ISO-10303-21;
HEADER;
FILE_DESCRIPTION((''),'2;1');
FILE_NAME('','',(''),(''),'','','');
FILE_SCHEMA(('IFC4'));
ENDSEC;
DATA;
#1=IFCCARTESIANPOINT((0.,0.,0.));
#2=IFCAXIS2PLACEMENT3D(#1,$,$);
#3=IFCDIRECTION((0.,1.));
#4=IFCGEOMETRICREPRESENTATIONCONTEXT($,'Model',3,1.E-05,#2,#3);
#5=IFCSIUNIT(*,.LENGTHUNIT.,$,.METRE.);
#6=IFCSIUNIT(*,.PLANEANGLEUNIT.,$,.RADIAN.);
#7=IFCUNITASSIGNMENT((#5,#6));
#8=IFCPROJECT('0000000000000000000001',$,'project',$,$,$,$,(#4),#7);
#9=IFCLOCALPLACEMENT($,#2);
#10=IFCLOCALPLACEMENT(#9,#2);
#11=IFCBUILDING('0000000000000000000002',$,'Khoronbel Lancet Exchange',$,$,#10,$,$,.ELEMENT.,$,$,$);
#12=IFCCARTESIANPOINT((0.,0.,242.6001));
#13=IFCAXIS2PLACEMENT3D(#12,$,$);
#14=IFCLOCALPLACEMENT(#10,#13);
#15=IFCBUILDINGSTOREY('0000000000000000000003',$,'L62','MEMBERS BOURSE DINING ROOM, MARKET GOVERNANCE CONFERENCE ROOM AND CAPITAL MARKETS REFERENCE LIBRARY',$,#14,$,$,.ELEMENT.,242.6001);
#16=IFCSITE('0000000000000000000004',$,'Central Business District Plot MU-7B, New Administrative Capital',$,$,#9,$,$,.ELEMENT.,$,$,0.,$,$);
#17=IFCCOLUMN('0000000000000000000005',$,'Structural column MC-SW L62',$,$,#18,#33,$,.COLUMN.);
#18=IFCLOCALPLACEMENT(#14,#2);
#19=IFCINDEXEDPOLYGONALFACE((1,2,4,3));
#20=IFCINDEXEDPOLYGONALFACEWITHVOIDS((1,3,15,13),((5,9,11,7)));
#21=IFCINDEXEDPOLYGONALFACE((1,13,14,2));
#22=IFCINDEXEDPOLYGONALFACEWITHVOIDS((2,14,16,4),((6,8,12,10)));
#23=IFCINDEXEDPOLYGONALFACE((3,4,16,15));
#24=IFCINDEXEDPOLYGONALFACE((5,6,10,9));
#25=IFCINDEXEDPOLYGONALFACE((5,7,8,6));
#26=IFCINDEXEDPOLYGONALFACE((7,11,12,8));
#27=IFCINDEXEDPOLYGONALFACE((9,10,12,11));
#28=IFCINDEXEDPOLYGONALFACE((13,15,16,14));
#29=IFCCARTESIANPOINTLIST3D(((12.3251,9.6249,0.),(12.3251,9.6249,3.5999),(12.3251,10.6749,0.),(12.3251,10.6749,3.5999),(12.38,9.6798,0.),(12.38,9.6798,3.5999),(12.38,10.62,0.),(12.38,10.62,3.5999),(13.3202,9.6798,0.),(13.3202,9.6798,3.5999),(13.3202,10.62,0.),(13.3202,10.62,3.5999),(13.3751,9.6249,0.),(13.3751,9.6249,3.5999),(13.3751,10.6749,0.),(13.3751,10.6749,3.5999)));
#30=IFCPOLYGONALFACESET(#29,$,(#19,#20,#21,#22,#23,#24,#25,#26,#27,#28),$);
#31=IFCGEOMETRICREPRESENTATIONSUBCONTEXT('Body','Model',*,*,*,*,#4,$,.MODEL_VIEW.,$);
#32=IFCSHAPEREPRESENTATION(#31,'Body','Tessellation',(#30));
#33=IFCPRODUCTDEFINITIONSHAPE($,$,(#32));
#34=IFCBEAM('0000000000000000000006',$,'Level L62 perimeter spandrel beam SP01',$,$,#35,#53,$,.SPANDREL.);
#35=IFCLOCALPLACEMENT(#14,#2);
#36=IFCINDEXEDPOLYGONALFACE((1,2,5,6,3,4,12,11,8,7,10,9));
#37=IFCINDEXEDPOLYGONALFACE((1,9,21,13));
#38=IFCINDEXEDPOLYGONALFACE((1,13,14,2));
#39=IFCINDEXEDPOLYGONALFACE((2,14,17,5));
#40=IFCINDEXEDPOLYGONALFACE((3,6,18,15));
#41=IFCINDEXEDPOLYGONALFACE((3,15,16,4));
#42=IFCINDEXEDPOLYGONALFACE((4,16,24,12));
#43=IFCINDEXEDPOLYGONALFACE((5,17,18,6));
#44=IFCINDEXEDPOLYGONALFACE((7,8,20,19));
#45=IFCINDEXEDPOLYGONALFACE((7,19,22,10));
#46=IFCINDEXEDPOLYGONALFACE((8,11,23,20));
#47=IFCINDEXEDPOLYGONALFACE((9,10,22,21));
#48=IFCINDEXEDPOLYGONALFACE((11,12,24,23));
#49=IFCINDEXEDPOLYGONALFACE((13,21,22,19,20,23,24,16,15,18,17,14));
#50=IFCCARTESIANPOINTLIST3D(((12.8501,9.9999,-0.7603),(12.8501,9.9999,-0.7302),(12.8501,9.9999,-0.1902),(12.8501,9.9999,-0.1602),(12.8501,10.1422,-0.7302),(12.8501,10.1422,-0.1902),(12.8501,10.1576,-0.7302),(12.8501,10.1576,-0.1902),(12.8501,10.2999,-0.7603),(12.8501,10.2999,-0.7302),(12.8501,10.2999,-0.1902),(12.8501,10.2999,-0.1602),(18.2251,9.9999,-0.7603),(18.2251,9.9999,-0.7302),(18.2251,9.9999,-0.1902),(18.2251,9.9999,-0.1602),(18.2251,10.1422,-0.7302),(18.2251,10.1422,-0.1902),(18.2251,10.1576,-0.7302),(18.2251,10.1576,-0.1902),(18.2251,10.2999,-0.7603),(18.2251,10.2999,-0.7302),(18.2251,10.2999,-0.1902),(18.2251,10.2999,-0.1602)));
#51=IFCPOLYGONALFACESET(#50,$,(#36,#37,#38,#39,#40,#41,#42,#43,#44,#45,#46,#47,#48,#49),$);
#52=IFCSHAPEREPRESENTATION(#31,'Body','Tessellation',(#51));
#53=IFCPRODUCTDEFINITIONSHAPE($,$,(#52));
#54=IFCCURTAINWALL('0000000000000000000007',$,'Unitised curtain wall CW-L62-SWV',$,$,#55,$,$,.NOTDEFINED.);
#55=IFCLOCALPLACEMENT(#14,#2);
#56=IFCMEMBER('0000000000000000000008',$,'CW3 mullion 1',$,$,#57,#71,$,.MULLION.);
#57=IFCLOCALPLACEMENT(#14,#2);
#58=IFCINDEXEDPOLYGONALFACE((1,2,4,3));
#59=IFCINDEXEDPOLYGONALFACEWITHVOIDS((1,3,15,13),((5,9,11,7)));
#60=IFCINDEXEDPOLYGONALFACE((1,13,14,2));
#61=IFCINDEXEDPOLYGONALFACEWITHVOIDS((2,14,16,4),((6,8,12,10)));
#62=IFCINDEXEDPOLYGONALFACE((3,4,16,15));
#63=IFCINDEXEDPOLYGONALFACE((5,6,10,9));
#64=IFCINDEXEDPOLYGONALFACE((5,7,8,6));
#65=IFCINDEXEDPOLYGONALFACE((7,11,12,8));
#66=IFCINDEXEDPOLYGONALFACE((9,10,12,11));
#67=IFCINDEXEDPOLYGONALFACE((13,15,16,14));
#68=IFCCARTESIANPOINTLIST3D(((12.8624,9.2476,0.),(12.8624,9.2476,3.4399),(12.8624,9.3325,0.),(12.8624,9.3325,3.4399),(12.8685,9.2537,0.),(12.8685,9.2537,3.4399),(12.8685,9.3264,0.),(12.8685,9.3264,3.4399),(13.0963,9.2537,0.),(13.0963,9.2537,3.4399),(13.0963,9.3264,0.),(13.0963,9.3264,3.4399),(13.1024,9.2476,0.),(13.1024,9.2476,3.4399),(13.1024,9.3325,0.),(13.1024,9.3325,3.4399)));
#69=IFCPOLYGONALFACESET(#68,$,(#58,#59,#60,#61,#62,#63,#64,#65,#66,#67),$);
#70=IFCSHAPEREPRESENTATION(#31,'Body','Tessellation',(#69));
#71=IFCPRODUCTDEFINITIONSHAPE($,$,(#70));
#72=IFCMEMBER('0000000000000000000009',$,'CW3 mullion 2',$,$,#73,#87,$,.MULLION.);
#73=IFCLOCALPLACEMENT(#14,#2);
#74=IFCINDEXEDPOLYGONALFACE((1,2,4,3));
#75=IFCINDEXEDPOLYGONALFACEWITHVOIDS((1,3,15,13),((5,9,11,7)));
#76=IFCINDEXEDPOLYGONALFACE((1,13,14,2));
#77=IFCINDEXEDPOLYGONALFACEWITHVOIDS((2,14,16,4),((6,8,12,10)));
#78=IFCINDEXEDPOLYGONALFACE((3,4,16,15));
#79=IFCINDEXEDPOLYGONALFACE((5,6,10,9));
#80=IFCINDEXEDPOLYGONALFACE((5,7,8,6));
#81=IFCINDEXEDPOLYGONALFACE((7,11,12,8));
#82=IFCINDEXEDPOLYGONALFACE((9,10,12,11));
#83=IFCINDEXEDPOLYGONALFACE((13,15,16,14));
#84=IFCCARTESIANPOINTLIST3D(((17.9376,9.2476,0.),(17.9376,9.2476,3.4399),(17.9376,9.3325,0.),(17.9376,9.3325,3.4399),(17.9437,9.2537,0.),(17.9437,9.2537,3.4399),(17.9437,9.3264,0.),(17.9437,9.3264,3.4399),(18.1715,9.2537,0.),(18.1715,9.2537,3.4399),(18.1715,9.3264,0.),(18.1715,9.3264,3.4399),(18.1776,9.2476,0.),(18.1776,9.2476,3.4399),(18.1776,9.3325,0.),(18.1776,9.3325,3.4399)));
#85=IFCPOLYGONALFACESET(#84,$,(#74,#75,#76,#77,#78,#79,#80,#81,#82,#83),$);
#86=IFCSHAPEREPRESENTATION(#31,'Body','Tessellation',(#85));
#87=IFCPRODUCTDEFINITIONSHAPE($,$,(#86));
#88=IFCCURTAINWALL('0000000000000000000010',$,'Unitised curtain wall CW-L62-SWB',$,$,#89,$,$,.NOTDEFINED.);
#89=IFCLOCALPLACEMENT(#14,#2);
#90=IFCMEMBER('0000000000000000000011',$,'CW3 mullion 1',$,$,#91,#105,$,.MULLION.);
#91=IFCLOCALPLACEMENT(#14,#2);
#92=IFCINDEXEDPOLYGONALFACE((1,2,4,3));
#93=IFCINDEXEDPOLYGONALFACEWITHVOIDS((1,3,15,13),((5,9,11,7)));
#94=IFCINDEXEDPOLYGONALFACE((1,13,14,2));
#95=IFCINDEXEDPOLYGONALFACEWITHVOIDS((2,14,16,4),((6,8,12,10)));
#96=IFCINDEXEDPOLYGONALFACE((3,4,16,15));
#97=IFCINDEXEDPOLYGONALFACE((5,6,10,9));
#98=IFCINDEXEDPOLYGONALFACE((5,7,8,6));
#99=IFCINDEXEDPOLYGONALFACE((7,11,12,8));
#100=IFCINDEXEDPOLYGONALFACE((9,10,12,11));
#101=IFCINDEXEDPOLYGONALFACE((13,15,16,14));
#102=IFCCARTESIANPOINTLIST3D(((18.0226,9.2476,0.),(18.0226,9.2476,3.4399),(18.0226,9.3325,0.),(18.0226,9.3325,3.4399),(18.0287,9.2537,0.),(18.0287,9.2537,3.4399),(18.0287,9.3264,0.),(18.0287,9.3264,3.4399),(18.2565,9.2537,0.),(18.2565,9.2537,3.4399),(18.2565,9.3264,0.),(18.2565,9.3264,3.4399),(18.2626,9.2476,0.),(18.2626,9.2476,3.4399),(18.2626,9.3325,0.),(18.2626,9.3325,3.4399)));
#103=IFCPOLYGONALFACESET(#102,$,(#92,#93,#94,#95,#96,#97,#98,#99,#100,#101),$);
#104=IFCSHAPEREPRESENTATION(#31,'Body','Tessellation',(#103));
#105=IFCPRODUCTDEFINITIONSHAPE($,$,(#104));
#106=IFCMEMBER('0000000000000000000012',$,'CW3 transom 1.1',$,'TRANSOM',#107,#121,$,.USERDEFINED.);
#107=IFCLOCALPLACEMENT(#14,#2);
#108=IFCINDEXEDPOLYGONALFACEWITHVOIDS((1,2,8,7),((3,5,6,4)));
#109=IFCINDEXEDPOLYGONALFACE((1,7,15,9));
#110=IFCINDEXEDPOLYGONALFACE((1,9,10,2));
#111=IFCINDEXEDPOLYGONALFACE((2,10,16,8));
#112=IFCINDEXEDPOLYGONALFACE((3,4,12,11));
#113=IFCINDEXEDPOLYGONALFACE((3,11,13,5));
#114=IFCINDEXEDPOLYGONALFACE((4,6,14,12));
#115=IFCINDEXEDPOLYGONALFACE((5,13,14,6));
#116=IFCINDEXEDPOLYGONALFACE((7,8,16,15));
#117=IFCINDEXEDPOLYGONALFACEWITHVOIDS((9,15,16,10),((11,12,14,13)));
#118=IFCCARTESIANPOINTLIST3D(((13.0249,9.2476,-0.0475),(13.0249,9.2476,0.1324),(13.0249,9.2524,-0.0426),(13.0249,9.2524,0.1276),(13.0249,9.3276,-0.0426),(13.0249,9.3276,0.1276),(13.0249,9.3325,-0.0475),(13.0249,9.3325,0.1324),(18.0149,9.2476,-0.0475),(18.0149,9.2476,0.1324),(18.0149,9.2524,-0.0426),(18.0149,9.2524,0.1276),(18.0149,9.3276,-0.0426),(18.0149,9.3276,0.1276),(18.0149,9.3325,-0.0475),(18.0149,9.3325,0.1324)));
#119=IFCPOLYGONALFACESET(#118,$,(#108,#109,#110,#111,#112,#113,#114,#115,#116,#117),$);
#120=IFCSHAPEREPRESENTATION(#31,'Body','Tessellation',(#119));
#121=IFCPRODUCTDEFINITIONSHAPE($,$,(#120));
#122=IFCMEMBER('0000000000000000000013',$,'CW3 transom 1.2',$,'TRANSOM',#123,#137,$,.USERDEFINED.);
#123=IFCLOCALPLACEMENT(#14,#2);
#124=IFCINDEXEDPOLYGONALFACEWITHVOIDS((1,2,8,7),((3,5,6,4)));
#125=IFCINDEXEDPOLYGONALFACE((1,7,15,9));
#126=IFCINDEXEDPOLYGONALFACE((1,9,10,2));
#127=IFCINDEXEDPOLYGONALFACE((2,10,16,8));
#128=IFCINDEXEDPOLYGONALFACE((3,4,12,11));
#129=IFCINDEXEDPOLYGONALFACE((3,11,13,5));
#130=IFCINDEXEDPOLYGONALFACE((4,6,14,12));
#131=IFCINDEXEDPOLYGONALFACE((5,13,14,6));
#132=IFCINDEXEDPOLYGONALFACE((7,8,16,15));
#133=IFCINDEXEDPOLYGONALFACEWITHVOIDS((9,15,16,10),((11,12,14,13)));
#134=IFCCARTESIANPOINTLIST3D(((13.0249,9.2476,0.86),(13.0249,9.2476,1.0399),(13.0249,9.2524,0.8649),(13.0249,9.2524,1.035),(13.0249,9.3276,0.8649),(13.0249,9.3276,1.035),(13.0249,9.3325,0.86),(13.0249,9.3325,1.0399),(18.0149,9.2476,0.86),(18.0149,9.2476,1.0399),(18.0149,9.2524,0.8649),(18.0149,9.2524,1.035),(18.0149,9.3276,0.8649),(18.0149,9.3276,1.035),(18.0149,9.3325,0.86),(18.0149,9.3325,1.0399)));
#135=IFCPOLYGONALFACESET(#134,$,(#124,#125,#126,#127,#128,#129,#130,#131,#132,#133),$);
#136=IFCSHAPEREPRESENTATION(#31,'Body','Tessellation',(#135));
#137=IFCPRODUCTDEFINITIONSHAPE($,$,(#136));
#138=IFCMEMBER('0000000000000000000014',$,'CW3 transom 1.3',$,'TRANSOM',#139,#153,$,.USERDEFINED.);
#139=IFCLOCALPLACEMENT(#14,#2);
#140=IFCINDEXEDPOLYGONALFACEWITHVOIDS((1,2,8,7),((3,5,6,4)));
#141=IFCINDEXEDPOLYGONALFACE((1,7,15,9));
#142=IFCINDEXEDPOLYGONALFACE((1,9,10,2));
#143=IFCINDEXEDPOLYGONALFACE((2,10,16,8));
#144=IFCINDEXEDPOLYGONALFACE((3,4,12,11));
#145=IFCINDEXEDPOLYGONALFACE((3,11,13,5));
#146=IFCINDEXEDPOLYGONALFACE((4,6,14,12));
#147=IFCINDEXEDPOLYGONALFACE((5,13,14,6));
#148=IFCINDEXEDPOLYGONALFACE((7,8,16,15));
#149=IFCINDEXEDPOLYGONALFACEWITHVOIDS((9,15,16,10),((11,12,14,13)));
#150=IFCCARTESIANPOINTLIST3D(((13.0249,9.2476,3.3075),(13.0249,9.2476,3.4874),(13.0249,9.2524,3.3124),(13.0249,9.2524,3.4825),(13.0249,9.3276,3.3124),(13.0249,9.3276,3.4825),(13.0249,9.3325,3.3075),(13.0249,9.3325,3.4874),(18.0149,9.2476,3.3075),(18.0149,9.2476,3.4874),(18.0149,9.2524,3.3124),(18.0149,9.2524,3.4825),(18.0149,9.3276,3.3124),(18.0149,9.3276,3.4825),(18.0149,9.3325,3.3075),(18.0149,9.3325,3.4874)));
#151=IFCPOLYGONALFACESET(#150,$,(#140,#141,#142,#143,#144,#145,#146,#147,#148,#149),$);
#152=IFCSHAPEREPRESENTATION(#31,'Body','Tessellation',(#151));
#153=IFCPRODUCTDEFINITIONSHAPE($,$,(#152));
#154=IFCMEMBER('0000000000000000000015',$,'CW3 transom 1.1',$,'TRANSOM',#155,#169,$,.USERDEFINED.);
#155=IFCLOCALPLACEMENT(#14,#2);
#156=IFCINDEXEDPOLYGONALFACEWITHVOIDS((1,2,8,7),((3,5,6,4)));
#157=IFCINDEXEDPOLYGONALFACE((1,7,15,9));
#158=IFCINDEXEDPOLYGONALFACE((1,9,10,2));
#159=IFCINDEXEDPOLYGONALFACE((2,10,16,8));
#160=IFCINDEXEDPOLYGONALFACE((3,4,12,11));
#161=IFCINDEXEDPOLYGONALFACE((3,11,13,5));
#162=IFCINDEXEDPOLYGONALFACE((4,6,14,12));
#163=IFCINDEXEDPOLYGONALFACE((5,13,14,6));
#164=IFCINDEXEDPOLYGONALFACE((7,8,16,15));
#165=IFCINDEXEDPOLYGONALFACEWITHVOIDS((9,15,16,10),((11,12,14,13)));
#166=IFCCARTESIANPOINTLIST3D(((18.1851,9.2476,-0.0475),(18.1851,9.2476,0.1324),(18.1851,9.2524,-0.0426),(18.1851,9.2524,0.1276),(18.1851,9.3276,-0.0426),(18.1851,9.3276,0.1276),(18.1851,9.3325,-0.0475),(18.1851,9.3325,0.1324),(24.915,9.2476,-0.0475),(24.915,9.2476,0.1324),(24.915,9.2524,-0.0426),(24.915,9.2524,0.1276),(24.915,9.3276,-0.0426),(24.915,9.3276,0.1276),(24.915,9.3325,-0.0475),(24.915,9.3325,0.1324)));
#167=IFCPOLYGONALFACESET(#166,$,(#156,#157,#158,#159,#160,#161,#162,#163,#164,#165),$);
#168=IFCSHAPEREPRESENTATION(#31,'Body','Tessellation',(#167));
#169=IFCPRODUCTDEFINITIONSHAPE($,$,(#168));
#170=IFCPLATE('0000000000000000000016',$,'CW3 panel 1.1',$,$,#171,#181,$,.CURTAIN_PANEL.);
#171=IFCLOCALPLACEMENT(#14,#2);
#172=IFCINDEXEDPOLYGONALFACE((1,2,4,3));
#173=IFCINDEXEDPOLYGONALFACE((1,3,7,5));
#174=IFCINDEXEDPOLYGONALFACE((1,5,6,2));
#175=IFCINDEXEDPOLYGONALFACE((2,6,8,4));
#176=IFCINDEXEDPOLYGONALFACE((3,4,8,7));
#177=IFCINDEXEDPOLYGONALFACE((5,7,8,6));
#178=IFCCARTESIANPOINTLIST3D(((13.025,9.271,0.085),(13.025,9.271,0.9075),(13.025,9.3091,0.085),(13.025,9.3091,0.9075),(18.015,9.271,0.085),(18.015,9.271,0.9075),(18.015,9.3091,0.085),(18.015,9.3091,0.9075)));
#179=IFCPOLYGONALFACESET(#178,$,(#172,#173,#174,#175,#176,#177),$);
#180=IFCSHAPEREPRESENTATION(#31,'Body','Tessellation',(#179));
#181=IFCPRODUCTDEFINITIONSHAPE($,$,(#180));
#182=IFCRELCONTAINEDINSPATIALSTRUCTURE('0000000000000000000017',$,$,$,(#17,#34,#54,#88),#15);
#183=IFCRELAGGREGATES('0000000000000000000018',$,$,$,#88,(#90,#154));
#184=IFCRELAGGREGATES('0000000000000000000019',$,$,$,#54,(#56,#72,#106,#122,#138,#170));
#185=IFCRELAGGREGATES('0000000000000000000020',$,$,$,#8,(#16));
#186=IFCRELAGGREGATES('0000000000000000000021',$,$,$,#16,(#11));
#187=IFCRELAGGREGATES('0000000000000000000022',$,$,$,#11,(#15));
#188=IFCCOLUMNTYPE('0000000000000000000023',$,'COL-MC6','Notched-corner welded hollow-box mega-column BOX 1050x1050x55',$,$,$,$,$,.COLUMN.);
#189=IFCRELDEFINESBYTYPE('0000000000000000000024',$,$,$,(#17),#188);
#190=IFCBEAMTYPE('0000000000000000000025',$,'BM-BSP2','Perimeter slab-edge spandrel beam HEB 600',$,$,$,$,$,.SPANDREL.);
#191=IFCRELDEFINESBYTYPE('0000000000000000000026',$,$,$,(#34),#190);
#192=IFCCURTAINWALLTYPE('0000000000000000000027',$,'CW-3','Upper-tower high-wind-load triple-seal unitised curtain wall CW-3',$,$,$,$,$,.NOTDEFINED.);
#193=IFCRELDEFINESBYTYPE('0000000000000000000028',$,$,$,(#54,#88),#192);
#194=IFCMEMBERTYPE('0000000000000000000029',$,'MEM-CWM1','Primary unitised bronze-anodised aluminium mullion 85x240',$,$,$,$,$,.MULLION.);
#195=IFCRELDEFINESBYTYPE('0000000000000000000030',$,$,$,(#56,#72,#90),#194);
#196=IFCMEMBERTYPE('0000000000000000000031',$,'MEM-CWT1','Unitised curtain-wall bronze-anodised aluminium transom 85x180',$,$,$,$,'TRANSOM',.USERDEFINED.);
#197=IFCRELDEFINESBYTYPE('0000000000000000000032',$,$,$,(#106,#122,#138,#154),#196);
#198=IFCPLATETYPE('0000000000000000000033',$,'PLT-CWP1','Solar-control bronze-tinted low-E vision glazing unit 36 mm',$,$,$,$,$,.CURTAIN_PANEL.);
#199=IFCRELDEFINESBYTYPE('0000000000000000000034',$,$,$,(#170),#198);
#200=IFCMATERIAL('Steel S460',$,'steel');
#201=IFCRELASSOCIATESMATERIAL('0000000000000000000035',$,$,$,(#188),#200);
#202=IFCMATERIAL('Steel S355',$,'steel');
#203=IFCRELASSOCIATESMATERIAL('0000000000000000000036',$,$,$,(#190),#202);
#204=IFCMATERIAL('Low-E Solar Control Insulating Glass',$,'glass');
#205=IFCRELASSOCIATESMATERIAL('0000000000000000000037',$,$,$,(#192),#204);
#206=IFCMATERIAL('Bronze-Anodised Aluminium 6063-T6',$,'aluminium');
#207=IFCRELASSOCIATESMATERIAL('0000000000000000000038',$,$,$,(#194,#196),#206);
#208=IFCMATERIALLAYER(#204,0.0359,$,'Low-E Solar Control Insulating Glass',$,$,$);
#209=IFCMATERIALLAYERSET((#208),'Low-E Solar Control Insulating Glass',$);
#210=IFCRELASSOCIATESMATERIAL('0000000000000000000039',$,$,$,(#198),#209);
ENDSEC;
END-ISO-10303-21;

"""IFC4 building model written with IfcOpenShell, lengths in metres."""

from ifc_helpers import new_model, si_unit, direction, frame, origin, origin_2d, place, context, subcontext, project, spatial, rectangle, hollow_rectangle, i_section, extrude, material, layer, layer_set, material_profile, profile_set, type_object, element, aggregate, save


model = new_model("IFC4")

# Units and contexts
model_context = context("Model", 3, precision=1e-05, world=origin(), true_north=direction((0.0, 1.0)))
body_context = subcontext(model_context, "Body", "Model", "MODEL_VIEW")
ifc_project = project(units=[si_unit("LENGTHUNIT", "METRE"), si_unit("PLANEANGLEUNIT", "RADIAN")], contexts=[model_context])

# Site, building, storey
site_placement = place(None, origin())
site = spatial("IfcSite", under=ifc_project, at=site_placement, Name="Central Business District Plot MU-7B, New Administrative Capital", CompositionType="ELEMENT", RefElevation=0.0)
building_placement = place(site_placement, origin())
building = spatial("IfcBuilding", under=site, at=building_placement, Name="Khoronbel Lancet Exchange", CompositionType="ELEMENT")
storey_placement = place(building_placement, frame((0.0, 0.0, 242.6001)))
storey = spatial("IfcBuildingStorey", under=building, at=storey_placement, Name="L62", Description="MEMBERS BOURSE DINING ROOM, MARKET GOVERNANCE CONFERENCE ROOM AND CAPITAL MARKETS REFERENCE LIBRARY", CompositionType="ELEMENT", Elevation=242.6001)

# Column
ifc_material_1 = material(Name="Steel S460", Category="steel")
ifc_material_profile_1 = material_profile(ifc_material_1, hollow_rectangle(XDim=1.05, YDim=1.05, WallThickness=0.0549, at=origin_2d()), Name="BOX 1050x1050x55")
ifc_profile_set_1 = profile_set([ifc_material_profile_1], Name="Steel S460")
column_type = type_object("IfcColumnType", Name="COL-MC6", Description="Notched-corner welded hollow-box mega-column BOX 1050x1050x55", PredefinedType="COLUMN", material=ifc_profile_set_1)
column_placement = place(storey_placement, frame((12.8501, 10.1499, 0.0), z_axis=(0.0, 0.0, 1.0), x_axis=(1.0, 0.0, 0.0)))
element("IfcColumn", 1, at=column_placement, inside=storey, type_object=column_type, Name="Structural column MC-SW L62", PredefinedType="COLUMN", context=body_context, shape_type="SweptSolid", body=[
    extrude(hollow_rectangle(XDim=1.05, YDim=1.05, WallThickness=0.0549, at=origin_2d()), origin(), (0.0, 0.0, 1.0), 3.5999),
])

# Beam
ifc_material_2 = material(Name="Steel S355", Category="steel")
ifc_material_profile_2 = material_profile(ifc_material_2, i_section(OverallWidth=0.3, OverallDepth=0.6001, WebThickness=0.0154, FlangeThickness=0.03, at=origin_2d()), Name="HEB 600")
ifc_profile_set_2 = profile_set([ifc_material_profile_2], Name="Steel S355")
beam_type = type_object("IfcBeamType", Name="BM-BSP2", Description="Perimeter slab-edge spandrel beam HEB 600", PredefinedType="SPANDREL", material=ifc_profile_set_2)
beam_placement = place(storey_placement, frame((12.8501, 10.1499, -0.4602), z_axis=(1.0, 0.0, 0.0), x_axis=(0.0, 1.0, 0.0)))
element("IfcBeam", 2, at=beam_placement, inside=storey, type_object=beam_type, Name="Level L62 perimeter spandrel beam SP01", PredefinedType="SPANDREL", context=body_context, shape_type="SweptSolid", body=[
    extrude(i_section(OverallWidth=0.3, OverallDepth=0.6001, WebThickness=0.0154, FlangeThickness=0.03, at=origin_2d()), origin(), (0.0, 0.0, 1.0), 5.375),
])

# Curtain wall, members
ifc_material_3 = material(Name="Low-E Solar Control Insulating Glass", Category="glass")
curtain_wall_type = type_object("IfcCurtainWallType", Name="CW-3", Description="Upper-tower high-wind-load triple-seal unitised curtain wall CW-3", PredefinedType="NOTDEFINED", material=ifc_material_3)
curtain_wall_1_placement = place(storey_placement, origin())
curtain_wall_1 = element("IfcCurtainWall", 3, at=curtain_wall_1_placement, inside=storey, type_object=curtain_wall_type, Name="Unitised curtain wall CW-L62-SWV", PredefinedType="NOTDEFINED")
ifc_material_4 = material(Name="Bronze-Anodised Aluminium 6063-T6", Category="aluminium")
ifc_material_profile_3 = material_profile(ifc_material_4, hollow_rectangle(XDim=0.085, YDim=0.24, WallThickness=0.0061, at=origin_2d()), Name="ALU MULLION 85x240")
ifc_profile_set_3 = profile_set([ifc_material_profile_3], Name="Bronze-Anodised Aluminium 6063-T6")
member_type_1 = type_object("IfcMemberType", Name="MEM-CWM1", Description="Primary unitised bronze-anodised aluminium mullion 85x240", PredefinedType="MULLION", material=ifc_profile_set_3)
member_1_placement = place(storey_placement, frame((12.9824, 9.29, 0.0), z_axis=(0.0, 0.0, 1.0), x_axis=(0.0, 1.0, 0.0)))
member_1 = element("IfcMember", 4, at=member_1_placement, type_object=member_type_1, Name="CW3 mullion 1", PredefinedType="MULLION", context=body_context, shape_type="SweptSolid", body=[
    extrude(hollow_rectangle(XDim=0.085, YDim=0.24, WallThickness=0.0061, at=origin_2d()), origin(), (0.0, 0.0, 1.0), 3.4399),
])
member_2_placement = place(storey_placement, frame((18.0576, 9.29, 0.0), z_axis=(0.0, 0.0, 1.0), x_axis=(0.0, 1.0, 0.0)))
member_2 = element("IfcMember", 5, at=member_2_placement, type_object=member_type_1, Name="CW3 mullion 2", PredefinedType="MULLION", context=body_context, shape_type="SweptSolid", body=[
    extrude(hollow_rectangle(XDim=0.085, YDim=0.24, WallThickness=0.0061, at=origin_2d()), origin(), (0.0, 0.0, 1.0), 3.4399),
])

# Curtain wall, member
curtain_wall_2_placement = place(storey_placement, origin())
curtain_wall_2 = element("IfcCurtainWall", 6, at=curtain_wall_2_placement, inside=storey, type_object=curtain_wall_type, Name="Unitised curtain wall CW-L62-SWB", PredefinedType="NOTDEFINED")
member_3_placement = place(storey_placement, frame((18.1426, 9.29, 0.0), z_axis=(0.0, 0.0, 1.0), x_axis=(0.0, 1.0, 0.0)))
member_3 = element("IfcMember", 7, at=member_3_placement, type_object=member_type_1, Name="CW3 mullion 1", PredefinedType="MULLION", context=body_context, shape_type="SweptSolid", body=[
    extrude(hollow_rectangle(XDim=0.085, YDim=0.24, WallThickness=0.0061, at=origin_2d()), origin(), (0.0, 0.0, 1.0), 3.4399),
])

# Members
ifc_material_profile_4 = material_profile(ifc_material_4, hollow_rectangle(XDim=0.085, YDim=0.1799, WallThickness=0.0049, at=origin_2d()), Name="ALU TRANSOM 85x180")
ifc_profile_set_4 = profile_set([ifc_material_profile_4], Name="Bronze-Anodised Aluminium 6063-T6")
member_type_2 = type_object("IfcMemberType", Name="MEM-CWT1", Description="Unitised curtain-wall bronze-anodised aluminium transom 85x180", ElementType="TRANSOM", PredefinedType="USERDEFINED", material=ifc_profile_set_4)
member_4_placement = place(storey_placement, frame((13.0249, 9.29, 0.0425), z_axis=(1.0, 0.0, 0.0), x_axis=(0.0, 1.0, 0.0)))
member_4 = element("IfcMember", 8, at=member_4_placement, type_object=member_type_2, Name="CW3 transom 1.1", ObjectType="TRANSOM", PredefinedType="USERDEFINED", context=body_context, shape_type="SweptSolid", body=[
    extrude(hollow_rectangle(XDim=0.085, YDim=0.1799, WallThickness=0.0049, at=origin_2d()), origin(), (0.0, 0.0, 1.0), 4.99),
])
member_5_placement = place(storey_placement, frame((13.0249, 9.29, 0.95), z_axis=(1.0, 0.0, 0.0), x_axis=(0.0, 1.0, 0.0)))
member_5 = element("IfcMember", 9, at=member_5_placement, type_object=member_type_2, Name="CW3 transom 1.2", ObjectType="TRANSOM", PredefinedType="USERDEFINED", context=body_context, shape_type="SweptSolid", body=[
    extrude(hollow_rectangle(XDim=0.085, YDim=0.1799, WallThickness=0.0049, at=origin_2d()), origin(), (0.0, 0.0, 1.0), 4.99),
])
member_6_placement = place(storey_placement, frame((13.0249, 9.29, 3.3975), z_axis=(1.0, 0.0, 0.0), x_axis=(0.0, 1.0, 0.0)))
member_6 = element("IfcMember", 10, at=member_6_placement, type_object=member_type_2, Name="CW3 transom 1.3", ObjectType="TRANSOM", PredefinedType="USERDEFINED", context=body_context, shape_type="SweptSolid", body=[
    extrude(hollow_rectangle(XDim=0.085, YDim=0.1799, WallThickness=0.0049, at=origin_2d()), origin(), (0.0, 0.0, 1.0), 4.99),
])
member_7_placement = place(storey_placement, frame((18.1851, 9.29, 0.0425), z_axis=(1.0, 0.0, 0.0), x_axis=(0.0, 1.0, 0.0)))
member_7 = element("IfcMember", 11, at=member_7_placement, type_object=member_type_2, Name="CW3 transom 1.1", ObjectType="TRANSOM", PredefinedType="USERDEFINED", context=body_context, shape_type="SweptSolid", body=[
    extrude(hollow_rectangle(XDim=0.085, YDim=0.1799, WallThickness=0.0049, at=origin_2d()), origin(), (0.0, 0.0, 1.0), 6.73),
])
aggregate(curtain_wall_2, [member_3, member_7])

# Plate
ifc_layer_1 = layer(ifc_material_3, 0.0359, Name="Low-E Solar Control Insulating Glass")
ifc_layer_set_1 = layer_set([ifc_layer_1], Name="Low-E Solar Control Insulating Glass")
plate_type = type_object("IfcPlateType", Name="PLT-CWP1", Description="Solar-control bronze-tinted low-E vision glazing unit 36 mm", PredefinedType="CURTAIN_PANEL", material=ifc_layer_set_1)
plate_1_placement = place(storey_placement, frame((15.52, 9.29, 0.085), z_axis=(0.0, 0.0, 1.0), x_axis=(1.0, 0.0, 0.0)))
plate_1 = element("IfcPlate", 12, at=plate_1_placement, type_object=plate_type, Name="CW3 panel 1.1", PredefinedType="CURTAIN_PANEL", context=body_context, shape_type="SweptSolid", body=[
    extrude(rectangle(XDim=4.99, YDim=0.0381, at=origin_2d()), origin(), (0.0, 0.0, 1.0), 0.8225),
])
aggregate(curtain_wall_1, [member_1, member_2, member_4, member_5, member_6, plate_1])

save(model, "model.ifc")
